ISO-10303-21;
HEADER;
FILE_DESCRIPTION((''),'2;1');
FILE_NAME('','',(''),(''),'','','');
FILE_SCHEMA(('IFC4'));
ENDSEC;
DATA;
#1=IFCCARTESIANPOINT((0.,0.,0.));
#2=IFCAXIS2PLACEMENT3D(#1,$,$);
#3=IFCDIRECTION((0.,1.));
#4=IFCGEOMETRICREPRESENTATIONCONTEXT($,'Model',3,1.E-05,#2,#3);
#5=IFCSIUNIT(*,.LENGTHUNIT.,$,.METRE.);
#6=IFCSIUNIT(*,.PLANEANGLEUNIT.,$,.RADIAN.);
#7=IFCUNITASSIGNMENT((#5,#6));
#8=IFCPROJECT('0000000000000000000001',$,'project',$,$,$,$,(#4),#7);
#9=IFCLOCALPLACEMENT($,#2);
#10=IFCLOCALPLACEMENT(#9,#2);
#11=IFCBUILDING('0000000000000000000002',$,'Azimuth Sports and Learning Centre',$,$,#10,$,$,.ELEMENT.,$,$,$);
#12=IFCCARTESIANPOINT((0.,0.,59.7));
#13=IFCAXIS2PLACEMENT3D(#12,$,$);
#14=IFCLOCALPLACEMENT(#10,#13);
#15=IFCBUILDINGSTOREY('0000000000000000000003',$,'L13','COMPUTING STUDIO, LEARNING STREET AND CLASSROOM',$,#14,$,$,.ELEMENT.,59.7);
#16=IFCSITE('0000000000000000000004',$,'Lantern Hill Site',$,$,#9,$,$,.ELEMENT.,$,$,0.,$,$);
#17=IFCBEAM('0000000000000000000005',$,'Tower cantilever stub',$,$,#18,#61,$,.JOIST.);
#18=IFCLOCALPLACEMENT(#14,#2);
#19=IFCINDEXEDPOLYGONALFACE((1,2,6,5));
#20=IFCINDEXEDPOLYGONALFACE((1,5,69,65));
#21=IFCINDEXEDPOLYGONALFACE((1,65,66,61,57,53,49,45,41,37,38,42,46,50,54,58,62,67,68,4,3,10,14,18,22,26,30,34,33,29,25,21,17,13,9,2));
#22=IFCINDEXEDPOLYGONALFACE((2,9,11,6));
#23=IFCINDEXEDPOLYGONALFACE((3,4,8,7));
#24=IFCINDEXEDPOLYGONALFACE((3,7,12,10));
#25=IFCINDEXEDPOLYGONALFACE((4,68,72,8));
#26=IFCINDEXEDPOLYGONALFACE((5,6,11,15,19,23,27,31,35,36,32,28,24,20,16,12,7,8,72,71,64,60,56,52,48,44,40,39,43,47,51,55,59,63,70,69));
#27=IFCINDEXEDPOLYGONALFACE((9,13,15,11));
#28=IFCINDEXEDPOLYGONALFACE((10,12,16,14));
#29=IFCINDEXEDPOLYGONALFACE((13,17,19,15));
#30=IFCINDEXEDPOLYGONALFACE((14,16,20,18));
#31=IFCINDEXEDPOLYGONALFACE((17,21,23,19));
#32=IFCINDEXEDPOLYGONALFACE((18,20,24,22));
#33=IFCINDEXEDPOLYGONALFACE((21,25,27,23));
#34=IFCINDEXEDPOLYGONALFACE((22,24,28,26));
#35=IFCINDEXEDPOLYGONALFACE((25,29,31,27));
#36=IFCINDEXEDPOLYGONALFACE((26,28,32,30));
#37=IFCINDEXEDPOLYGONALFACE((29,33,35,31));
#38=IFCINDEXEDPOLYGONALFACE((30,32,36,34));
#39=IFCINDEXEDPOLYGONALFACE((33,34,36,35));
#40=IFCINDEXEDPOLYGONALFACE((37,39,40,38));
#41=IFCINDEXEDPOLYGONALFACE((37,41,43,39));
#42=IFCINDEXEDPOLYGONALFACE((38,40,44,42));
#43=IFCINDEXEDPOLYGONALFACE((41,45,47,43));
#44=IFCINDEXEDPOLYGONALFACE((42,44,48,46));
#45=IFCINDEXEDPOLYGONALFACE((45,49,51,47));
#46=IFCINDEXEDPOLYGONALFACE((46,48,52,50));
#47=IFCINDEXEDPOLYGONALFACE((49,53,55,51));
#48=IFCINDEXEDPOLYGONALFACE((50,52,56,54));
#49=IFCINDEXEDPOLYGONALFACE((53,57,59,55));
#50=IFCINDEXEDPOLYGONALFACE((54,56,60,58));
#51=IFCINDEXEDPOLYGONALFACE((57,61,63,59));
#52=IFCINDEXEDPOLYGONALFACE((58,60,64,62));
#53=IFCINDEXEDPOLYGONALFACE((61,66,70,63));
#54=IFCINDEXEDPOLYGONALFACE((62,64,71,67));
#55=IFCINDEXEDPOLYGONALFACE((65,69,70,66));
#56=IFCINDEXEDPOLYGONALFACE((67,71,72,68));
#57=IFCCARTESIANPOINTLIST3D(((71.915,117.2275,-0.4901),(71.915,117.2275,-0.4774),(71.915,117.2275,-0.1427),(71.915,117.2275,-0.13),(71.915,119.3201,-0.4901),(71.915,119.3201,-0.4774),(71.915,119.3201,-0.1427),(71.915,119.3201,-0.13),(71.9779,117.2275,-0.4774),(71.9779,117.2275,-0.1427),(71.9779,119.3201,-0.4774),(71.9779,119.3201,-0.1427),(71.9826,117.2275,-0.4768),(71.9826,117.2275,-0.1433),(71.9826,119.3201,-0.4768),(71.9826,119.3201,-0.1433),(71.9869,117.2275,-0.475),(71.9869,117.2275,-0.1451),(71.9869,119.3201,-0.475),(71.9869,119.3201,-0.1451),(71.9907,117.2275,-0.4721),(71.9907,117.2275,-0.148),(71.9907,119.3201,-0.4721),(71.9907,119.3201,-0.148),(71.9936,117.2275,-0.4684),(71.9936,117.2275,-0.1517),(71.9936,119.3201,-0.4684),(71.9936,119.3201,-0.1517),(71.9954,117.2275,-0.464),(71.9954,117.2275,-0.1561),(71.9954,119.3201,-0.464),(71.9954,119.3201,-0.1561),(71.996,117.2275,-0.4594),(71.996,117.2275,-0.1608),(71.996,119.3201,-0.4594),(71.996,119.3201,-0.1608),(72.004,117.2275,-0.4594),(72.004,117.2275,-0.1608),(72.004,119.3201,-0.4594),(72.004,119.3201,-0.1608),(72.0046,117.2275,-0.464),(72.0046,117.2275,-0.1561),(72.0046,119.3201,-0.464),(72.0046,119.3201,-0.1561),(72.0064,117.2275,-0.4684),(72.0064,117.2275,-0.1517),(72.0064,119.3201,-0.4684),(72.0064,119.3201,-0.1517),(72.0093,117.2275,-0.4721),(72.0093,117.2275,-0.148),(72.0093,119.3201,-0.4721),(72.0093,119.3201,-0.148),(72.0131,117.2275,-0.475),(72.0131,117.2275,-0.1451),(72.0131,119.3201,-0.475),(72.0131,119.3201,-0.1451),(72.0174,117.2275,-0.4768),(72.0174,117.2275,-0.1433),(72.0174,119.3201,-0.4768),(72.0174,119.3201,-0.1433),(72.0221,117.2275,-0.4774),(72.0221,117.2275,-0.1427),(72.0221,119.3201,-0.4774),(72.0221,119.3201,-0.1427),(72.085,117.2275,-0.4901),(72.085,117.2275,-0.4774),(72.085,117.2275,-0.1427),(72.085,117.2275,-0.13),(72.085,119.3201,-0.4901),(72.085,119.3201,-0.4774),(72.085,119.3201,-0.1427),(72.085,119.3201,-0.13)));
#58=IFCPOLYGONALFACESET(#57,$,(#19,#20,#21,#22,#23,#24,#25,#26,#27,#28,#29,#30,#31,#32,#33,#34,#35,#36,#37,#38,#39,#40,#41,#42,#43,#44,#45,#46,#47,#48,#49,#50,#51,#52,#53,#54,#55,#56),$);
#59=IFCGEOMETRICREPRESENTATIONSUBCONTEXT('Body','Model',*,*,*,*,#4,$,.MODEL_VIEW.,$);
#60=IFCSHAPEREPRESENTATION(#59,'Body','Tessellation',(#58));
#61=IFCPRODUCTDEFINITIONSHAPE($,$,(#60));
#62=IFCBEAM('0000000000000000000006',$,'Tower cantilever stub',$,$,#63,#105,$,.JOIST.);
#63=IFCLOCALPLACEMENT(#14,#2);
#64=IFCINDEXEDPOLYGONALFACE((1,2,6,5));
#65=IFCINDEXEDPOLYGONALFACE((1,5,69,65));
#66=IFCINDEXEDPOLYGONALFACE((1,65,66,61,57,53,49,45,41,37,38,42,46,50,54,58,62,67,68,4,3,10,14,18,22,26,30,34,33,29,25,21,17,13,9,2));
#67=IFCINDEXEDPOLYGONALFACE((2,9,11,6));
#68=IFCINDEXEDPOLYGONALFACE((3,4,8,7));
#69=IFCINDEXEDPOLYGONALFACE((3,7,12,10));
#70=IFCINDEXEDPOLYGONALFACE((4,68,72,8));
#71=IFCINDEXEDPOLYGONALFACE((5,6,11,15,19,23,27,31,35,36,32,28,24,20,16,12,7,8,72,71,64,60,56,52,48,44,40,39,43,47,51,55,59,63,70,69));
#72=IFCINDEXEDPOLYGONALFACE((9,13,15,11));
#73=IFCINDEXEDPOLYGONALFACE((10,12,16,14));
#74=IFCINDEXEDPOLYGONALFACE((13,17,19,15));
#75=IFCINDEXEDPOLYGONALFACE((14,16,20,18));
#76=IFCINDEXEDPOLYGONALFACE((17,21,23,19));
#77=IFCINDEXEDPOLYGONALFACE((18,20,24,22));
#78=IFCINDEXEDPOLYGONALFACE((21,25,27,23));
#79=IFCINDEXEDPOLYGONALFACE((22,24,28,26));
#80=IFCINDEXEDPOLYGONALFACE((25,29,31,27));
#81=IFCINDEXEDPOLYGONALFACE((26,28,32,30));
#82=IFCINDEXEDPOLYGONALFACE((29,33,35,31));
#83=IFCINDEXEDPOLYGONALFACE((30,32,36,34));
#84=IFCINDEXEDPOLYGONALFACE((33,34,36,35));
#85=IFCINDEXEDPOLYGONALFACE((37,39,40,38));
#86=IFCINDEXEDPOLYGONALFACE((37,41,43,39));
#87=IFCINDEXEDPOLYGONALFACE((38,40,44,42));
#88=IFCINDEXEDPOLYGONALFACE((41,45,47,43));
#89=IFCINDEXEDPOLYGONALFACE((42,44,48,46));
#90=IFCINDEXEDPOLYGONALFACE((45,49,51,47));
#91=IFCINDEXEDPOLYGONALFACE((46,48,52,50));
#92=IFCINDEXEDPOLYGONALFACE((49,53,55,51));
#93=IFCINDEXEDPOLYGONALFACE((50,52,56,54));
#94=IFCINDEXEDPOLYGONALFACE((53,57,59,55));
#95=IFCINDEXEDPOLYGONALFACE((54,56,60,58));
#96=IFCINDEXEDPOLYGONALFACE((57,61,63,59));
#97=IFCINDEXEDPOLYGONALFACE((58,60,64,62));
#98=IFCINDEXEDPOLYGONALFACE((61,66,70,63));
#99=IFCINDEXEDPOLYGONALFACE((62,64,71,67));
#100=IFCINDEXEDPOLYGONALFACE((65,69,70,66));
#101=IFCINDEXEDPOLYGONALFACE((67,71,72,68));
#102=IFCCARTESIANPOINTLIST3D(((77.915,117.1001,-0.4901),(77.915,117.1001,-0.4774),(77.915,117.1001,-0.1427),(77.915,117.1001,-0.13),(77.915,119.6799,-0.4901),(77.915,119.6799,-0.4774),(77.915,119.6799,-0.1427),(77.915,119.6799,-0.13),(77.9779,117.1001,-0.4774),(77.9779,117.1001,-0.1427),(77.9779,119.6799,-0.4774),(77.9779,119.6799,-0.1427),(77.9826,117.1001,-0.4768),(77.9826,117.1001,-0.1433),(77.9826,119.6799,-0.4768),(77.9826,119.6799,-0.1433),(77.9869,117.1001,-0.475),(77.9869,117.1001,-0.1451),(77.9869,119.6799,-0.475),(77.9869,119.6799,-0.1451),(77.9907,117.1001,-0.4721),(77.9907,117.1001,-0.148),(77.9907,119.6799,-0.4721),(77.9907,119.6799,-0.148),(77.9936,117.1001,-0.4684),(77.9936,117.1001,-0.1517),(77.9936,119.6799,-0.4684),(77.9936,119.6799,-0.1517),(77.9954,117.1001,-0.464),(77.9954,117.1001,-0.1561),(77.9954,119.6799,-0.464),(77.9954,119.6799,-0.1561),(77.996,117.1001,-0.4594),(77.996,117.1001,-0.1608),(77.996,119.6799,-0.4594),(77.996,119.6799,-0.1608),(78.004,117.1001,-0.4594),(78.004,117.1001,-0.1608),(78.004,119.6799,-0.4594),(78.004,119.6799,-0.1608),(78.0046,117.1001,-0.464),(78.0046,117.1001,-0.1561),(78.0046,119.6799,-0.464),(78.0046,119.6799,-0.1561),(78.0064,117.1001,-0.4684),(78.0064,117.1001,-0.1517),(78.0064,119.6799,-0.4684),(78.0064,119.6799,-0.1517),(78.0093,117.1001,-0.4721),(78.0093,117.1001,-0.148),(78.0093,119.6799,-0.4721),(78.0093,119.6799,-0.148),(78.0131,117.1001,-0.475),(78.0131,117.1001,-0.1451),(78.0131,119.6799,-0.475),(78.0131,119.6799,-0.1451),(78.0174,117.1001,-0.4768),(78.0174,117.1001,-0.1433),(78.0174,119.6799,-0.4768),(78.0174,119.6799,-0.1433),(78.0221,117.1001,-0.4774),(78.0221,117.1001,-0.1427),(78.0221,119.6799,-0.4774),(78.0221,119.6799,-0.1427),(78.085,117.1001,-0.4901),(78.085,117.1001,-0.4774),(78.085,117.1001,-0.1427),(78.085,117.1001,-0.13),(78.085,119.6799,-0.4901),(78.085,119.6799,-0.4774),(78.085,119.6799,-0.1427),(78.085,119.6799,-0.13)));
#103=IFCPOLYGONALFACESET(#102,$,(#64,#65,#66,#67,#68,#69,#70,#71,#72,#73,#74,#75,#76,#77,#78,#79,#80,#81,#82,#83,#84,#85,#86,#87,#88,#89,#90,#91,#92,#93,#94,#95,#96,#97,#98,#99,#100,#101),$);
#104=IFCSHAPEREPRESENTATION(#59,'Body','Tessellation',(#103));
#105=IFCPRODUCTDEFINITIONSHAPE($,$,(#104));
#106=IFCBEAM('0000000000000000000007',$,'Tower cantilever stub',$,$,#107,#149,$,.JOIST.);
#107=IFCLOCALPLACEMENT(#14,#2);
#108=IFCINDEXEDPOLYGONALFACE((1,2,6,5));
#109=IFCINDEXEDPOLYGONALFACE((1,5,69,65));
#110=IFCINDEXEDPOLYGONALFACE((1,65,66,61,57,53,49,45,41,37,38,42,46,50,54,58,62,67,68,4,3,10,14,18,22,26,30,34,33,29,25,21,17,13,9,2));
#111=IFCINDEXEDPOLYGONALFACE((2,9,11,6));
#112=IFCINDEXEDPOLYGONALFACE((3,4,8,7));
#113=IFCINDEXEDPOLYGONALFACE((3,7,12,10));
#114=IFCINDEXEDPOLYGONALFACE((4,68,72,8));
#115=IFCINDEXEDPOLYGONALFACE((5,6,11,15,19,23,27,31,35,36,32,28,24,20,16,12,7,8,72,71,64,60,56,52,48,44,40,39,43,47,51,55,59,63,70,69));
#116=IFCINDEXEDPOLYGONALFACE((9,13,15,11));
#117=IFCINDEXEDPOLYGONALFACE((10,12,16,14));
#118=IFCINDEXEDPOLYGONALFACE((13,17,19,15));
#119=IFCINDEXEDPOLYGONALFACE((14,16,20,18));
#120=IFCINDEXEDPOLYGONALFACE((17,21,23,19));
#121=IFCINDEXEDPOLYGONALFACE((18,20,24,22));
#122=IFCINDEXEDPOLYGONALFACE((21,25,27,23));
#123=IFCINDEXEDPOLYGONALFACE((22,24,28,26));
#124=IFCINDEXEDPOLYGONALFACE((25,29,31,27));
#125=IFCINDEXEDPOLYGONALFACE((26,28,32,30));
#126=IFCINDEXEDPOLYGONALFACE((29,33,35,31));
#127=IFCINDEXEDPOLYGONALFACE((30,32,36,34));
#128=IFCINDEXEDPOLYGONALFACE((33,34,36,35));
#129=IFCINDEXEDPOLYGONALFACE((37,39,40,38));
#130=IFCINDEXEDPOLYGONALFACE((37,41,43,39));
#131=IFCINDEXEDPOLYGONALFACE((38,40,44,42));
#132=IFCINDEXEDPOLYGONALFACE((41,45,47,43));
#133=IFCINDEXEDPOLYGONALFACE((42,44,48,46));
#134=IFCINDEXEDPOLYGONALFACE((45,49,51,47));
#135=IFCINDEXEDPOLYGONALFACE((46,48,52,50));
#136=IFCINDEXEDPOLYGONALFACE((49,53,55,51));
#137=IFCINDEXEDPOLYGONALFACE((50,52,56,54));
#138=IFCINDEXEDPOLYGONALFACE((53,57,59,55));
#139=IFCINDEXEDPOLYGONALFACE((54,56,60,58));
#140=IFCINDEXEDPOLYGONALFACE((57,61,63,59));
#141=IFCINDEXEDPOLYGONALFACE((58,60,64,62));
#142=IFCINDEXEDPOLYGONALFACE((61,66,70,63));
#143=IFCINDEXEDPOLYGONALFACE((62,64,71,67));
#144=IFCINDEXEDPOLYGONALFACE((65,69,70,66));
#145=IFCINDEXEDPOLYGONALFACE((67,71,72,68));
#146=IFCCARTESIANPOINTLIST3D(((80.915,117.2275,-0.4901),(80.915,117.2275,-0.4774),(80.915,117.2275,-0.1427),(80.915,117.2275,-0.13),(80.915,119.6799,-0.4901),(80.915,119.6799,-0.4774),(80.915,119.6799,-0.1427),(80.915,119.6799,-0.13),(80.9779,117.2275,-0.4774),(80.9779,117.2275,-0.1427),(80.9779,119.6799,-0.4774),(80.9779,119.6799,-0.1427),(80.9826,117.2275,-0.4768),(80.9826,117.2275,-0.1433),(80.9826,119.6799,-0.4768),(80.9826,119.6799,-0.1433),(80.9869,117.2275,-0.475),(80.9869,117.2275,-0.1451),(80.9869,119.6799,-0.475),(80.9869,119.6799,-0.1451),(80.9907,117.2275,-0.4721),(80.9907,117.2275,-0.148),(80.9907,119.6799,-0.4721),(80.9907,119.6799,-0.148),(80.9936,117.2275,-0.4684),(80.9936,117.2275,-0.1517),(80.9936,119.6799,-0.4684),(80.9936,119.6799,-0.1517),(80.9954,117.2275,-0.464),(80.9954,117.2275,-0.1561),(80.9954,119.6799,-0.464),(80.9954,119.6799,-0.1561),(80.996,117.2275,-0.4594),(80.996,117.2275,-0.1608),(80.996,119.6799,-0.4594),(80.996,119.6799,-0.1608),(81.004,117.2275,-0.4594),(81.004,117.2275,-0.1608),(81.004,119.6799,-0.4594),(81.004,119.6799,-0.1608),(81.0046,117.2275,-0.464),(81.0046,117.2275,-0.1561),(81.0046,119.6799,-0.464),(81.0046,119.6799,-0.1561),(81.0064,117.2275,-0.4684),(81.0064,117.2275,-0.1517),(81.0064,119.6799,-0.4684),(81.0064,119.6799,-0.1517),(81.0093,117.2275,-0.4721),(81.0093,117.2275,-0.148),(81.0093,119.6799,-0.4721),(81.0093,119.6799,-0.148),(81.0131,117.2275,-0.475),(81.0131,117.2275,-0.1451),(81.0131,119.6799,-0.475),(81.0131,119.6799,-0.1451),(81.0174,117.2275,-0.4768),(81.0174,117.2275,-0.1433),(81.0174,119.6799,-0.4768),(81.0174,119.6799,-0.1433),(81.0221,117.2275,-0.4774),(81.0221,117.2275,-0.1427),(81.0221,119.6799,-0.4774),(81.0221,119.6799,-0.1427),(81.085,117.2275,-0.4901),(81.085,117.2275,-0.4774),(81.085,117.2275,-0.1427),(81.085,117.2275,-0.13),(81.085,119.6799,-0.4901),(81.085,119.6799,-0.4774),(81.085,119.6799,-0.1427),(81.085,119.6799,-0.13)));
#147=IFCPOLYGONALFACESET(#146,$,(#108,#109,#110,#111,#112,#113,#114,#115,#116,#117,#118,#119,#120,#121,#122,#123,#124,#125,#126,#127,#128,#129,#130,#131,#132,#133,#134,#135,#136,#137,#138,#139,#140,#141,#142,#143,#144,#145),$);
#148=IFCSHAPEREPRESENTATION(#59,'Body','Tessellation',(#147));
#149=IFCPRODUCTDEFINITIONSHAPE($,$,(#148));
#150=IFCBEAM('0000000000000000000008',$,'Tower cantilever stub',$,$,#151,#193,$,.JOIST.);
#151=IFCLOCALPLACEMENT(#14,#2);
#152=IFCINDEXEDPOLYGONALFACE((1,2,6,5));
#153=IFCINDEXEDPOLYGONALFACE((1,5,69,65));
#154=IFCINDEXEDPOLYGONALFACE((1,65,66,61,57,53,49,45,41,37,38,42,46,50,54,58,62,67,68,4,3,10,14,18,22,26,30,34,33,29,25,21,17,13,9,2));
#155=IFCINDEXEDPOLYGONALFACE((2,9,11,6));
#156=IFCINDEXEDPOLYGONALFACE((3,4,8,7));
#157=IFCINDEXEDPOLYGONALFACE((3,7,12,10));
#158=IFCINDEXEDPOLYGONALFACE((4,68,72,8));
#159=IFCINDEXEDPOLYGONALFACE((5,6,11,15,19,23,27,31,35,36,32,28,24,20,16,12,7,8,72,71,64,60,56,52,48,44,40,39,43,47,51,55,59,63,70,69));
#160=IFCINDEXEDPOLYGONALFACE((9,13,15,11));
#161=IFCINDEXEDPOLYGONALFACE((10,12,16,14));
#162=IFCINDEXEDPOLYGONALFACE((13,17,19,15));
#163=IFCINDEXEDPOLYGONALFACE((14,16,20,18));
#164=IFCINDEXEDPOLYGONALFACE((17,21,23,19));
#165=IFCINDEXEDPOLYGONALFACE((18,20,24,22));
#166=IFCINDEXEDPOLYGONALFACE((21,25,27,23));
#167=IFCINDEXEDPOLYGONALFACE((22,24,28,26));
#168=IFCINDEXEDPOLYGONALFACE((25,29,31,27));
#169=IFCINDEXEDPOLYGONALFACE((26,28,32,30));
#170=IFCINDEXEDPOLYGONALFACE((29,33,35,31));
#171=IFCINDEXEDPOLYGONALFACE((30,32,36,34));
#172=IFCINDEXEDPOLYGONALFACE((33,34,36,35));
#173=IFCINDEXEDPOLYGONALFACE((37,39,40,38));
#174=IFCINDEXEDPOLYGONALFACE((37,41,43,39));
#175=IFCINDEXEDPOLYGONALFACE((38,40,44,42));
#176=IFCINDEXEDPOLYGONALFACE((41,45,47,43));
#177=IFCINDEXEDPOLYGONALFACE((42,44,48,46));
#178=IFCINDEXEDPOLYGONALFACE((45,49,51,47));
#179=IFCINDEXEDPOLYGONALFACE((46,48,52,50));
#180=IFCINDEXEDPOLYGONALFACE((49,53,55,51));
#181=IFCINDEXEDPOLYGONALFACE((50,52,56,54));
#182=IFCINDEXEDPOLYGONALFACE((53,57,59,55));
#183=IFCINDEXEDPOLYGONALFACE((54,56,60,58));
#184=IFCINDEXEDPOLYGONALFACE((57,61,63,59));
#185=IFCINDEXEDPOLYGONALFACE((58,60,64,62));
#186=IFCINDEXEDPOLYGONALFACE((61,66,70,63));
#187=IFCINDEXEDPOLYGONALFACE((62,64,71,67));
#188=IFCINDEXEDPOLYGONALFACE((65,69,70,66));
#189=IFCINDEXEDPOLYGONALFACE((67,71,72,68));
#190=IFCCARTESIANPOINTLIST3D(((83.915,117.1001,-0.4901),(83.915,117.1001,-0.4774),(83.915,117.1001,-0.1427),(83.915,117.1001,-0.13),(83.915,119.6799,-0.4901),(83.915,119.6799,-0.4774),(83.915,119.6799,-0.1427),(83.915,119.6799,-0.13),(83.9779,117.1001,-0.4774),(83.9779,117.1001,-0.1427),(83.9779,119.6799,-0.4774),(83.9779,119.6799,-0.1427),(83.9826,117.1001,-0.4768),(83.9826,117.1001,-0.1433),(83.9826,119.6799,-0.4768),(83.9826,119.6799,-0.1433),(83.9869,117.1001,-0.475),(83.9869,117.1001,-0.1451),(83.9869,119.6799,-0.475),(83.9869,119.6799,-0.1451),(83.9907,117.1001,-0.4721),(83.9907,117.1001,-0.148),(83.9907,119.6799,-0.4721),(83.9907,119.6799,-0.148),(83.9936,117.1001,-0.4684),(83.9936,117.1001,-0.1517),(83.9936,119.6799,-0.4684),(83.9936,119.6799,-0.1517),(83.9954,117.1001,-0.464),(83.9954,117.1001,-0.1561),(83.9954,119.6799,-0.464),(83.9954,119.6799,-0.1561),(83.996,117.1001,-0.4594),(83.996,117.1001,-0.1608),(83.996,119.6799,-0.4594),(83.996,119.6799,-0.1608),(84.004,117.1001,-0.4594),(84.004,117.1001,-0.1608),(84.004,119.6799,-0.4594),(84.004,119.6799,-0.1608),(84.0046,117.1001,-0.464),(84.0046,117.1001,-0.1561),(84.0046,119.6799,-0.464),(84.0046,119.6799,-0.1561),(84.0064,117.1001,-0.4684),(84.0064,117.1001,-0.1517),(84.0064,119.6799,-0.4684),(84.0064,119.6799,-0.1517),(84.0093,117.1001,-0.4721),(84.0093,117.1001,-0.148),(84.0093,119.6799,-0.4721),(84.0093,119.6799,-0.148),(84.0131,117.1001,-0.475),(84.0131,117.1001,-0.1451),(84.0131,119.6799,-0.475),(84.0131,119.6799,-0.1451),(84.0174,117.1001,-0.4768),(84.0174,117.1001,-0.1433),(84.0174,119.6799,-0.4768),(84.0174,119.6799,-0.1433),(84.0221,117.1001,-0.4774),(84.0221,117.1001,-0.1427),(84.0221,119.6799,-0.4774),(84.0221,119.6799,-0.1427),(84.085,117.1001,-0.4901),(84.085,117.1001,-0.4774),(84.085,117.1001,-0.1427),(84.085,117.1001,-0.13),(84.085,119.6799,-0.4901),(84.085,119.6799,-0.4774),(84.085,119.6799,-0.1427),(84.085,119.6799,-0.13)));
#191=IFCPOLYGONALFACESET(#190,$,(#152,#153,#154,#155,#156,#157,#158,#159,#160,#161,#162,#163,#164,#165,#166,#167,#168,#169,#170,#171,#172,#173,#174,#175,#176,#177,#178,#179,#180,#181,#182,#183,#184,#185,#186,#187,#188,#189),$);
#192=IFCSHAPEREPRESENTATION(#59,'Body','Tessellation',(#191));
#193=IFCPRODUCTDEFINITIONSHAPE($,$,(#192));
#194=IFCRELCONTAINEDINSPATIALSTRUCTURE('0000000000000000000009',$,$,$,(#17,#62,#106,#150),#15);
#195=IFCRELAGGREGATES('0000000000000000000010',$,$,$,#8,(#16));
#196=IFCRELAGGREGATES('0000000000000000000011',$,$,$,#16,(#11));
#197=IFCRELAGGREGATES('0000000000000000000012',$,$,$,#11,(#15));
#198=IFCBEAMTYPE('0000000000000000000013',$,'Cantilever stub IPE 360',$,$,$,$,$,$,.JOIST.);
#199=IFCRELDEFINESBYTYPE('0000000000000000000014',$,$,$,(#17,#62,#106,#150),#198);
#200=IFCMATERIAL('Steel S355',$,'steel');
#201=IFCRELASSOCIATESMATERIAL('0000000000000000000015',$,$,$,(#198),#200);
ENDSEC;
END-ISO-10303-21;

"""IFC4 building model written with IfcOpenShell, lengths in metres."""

from ifc_helpers import new_model, si_unit, direction, frame, origin, origin_2d, place, context, subcontext, project, spatial, i_section, extrude, material, material_profile, profile_set, type_object, element, save


model = new_model("IFC4")

# Units and contexts
model_context = context("Model", 3, precision=1e-05, world=origin(), true_north=direction((0.0, 1.0)))
body_context = subcontext(model_context, "Body", "Model", "MODEL_VIEW")
ifc_project = project(units=[si_unit("LENGTHUNIT", "METRE"), si_unit("PLANEANGLEUNIT", "RADIAN")], contexts=[model_context])

# Site, building, storey
site_placement = place(None, origin())
site = spatial("IfcSite", under=ifc_project, at=site_placement, Name="Lantern Hill Site", CompositionType="ELEMENT", RefElevation=0.0)
building_placement = place(site_placement, origin())
building = spatial("IfcBuilding", under=site, at=building_placement, Name="Azimuth Sports and Learning Centre", CompositionType="ELEMENT")
storey_placement = place(building_placement, frame((0.0, 0.0, 59.7)))
storey = spatial("IfcBuildingStorey", under=building, at=storey_placement, Name="L13", Description="COMPUTING STUDIO, LEARNING STREET AND CLASSROOM", CompositionType="ELEMENT", Elevation=59.7)

# Beams
ifc_material_1 = material(Name="Steel S355", Category="steel")
ifc_material_profile_1 = material_profile(ifc_material_1, i_section(OverallWidth=0.1699, OverallDepth=0.3601, WebThickness=0.0081, FlangeThickness=0.0127, FilletRadius=0.0181, at=origin_2d()), Name="IPE 360")
ifc_profile_set_1 = profile_set([ifc_material_profile_1], Name="Steel S355")
beam_type_1 = type_object("IfcBeamType", Name="Cantilever stub IPE 360", PredefinedType="JOIST", material=ifc_profile_set_1)
beam_1_placement = place(storey_placement, frame((72.0, 117.2275, -0.3101), z_axis=(0.0, 1.0, 0.0), x_axis=(-1.0, 0.0, 0.0)))
element("IfcBeam", 1, at=beam_1_placement, inside=storey, type_object=beam_type_1, Name="Tower cantilever stub", PredefinedType="JOIST", context=body_context, shape_type="SweptSolid", body=[
    extrude(i_section(OverallWidth=0.1699, OverallDepth=0.3601, WebThickness=0.0081, FlangeThickness=0.0127, FilletRadius=0.0181, at=origin_2d()), origin(), (0.0, 0.0, 1.0), 2.0925),
])
beam_2_placement = place(storey_placement, frame((78.0, 117.1001, -0.3101), z_axis=(0.0, 1.0, 0.0), x_axis=(-1.0, 0.0, 0.0)))
element("IfcBeam", 2, at=beam_2_placement, inside=storey, type_object=beam_type_1, Name="Tower cantilever stub", PredefinedType="JOIST", context=body_context, shape_type="SweptSolid", body=[
    extrude(i_section(OverallWidth=0.1699, OverallDepth=0.3601, WebThickness=0.0081, FlangeThickness=0.0127, FilletRadius=0.0181, at=origin_2d()), origin(), (0.0, 0.0, 1.0), 2.5798),
])
beam_3_placement = place(storey_placement, frame((81.0, 117.2275, -0.3101), z_axis=(0.0, 1.0, 0.0), x_axis=(-1.0, 0.0, 0.0)))
element("IfcBeam", 3, at=beam_3_placement, inside=storey, type_object=beam_type_1, Name="Tower cantilever stub", PredefinedType="JOIST", context=body_context, shape_type="SweptSolid", body=[
    extrude(i_section(OverallWidth=0.1699, OverallDepth=0.3601, WebThickness=0.0081, FlangeThickness=0.0127, FilletRadius=0.0181, at=origin_2d()), origin(), (0.0, 0.0, 1.0), 2.4524),
])
beam_4_placement = place(storey_placement, frame((84.0, 117.1001, -0.3101), z_axis=(0.0, 1.0, 0.0), x_axis=(-1.0, 0.0, 0.0)))
element("IfcBeam", 4, at=beam_4_placement, inside=storey, type_object=beam_type_1, Name="Tower cantilever stub", PredefinedType="JOIST", context=body_context, shape_type="SweptSolid", body=[
    extrude(i_section(OverallWidth=0.1699, OverallDepth=0.3601, WebThickness=0.0081, FlangeThickness=0.0127, FilletRadius=0.0181, at=origin_2d()), origin(), (0.0, 0.0, 1.0), 2.5798),
])

save(model, "model.ifc")
